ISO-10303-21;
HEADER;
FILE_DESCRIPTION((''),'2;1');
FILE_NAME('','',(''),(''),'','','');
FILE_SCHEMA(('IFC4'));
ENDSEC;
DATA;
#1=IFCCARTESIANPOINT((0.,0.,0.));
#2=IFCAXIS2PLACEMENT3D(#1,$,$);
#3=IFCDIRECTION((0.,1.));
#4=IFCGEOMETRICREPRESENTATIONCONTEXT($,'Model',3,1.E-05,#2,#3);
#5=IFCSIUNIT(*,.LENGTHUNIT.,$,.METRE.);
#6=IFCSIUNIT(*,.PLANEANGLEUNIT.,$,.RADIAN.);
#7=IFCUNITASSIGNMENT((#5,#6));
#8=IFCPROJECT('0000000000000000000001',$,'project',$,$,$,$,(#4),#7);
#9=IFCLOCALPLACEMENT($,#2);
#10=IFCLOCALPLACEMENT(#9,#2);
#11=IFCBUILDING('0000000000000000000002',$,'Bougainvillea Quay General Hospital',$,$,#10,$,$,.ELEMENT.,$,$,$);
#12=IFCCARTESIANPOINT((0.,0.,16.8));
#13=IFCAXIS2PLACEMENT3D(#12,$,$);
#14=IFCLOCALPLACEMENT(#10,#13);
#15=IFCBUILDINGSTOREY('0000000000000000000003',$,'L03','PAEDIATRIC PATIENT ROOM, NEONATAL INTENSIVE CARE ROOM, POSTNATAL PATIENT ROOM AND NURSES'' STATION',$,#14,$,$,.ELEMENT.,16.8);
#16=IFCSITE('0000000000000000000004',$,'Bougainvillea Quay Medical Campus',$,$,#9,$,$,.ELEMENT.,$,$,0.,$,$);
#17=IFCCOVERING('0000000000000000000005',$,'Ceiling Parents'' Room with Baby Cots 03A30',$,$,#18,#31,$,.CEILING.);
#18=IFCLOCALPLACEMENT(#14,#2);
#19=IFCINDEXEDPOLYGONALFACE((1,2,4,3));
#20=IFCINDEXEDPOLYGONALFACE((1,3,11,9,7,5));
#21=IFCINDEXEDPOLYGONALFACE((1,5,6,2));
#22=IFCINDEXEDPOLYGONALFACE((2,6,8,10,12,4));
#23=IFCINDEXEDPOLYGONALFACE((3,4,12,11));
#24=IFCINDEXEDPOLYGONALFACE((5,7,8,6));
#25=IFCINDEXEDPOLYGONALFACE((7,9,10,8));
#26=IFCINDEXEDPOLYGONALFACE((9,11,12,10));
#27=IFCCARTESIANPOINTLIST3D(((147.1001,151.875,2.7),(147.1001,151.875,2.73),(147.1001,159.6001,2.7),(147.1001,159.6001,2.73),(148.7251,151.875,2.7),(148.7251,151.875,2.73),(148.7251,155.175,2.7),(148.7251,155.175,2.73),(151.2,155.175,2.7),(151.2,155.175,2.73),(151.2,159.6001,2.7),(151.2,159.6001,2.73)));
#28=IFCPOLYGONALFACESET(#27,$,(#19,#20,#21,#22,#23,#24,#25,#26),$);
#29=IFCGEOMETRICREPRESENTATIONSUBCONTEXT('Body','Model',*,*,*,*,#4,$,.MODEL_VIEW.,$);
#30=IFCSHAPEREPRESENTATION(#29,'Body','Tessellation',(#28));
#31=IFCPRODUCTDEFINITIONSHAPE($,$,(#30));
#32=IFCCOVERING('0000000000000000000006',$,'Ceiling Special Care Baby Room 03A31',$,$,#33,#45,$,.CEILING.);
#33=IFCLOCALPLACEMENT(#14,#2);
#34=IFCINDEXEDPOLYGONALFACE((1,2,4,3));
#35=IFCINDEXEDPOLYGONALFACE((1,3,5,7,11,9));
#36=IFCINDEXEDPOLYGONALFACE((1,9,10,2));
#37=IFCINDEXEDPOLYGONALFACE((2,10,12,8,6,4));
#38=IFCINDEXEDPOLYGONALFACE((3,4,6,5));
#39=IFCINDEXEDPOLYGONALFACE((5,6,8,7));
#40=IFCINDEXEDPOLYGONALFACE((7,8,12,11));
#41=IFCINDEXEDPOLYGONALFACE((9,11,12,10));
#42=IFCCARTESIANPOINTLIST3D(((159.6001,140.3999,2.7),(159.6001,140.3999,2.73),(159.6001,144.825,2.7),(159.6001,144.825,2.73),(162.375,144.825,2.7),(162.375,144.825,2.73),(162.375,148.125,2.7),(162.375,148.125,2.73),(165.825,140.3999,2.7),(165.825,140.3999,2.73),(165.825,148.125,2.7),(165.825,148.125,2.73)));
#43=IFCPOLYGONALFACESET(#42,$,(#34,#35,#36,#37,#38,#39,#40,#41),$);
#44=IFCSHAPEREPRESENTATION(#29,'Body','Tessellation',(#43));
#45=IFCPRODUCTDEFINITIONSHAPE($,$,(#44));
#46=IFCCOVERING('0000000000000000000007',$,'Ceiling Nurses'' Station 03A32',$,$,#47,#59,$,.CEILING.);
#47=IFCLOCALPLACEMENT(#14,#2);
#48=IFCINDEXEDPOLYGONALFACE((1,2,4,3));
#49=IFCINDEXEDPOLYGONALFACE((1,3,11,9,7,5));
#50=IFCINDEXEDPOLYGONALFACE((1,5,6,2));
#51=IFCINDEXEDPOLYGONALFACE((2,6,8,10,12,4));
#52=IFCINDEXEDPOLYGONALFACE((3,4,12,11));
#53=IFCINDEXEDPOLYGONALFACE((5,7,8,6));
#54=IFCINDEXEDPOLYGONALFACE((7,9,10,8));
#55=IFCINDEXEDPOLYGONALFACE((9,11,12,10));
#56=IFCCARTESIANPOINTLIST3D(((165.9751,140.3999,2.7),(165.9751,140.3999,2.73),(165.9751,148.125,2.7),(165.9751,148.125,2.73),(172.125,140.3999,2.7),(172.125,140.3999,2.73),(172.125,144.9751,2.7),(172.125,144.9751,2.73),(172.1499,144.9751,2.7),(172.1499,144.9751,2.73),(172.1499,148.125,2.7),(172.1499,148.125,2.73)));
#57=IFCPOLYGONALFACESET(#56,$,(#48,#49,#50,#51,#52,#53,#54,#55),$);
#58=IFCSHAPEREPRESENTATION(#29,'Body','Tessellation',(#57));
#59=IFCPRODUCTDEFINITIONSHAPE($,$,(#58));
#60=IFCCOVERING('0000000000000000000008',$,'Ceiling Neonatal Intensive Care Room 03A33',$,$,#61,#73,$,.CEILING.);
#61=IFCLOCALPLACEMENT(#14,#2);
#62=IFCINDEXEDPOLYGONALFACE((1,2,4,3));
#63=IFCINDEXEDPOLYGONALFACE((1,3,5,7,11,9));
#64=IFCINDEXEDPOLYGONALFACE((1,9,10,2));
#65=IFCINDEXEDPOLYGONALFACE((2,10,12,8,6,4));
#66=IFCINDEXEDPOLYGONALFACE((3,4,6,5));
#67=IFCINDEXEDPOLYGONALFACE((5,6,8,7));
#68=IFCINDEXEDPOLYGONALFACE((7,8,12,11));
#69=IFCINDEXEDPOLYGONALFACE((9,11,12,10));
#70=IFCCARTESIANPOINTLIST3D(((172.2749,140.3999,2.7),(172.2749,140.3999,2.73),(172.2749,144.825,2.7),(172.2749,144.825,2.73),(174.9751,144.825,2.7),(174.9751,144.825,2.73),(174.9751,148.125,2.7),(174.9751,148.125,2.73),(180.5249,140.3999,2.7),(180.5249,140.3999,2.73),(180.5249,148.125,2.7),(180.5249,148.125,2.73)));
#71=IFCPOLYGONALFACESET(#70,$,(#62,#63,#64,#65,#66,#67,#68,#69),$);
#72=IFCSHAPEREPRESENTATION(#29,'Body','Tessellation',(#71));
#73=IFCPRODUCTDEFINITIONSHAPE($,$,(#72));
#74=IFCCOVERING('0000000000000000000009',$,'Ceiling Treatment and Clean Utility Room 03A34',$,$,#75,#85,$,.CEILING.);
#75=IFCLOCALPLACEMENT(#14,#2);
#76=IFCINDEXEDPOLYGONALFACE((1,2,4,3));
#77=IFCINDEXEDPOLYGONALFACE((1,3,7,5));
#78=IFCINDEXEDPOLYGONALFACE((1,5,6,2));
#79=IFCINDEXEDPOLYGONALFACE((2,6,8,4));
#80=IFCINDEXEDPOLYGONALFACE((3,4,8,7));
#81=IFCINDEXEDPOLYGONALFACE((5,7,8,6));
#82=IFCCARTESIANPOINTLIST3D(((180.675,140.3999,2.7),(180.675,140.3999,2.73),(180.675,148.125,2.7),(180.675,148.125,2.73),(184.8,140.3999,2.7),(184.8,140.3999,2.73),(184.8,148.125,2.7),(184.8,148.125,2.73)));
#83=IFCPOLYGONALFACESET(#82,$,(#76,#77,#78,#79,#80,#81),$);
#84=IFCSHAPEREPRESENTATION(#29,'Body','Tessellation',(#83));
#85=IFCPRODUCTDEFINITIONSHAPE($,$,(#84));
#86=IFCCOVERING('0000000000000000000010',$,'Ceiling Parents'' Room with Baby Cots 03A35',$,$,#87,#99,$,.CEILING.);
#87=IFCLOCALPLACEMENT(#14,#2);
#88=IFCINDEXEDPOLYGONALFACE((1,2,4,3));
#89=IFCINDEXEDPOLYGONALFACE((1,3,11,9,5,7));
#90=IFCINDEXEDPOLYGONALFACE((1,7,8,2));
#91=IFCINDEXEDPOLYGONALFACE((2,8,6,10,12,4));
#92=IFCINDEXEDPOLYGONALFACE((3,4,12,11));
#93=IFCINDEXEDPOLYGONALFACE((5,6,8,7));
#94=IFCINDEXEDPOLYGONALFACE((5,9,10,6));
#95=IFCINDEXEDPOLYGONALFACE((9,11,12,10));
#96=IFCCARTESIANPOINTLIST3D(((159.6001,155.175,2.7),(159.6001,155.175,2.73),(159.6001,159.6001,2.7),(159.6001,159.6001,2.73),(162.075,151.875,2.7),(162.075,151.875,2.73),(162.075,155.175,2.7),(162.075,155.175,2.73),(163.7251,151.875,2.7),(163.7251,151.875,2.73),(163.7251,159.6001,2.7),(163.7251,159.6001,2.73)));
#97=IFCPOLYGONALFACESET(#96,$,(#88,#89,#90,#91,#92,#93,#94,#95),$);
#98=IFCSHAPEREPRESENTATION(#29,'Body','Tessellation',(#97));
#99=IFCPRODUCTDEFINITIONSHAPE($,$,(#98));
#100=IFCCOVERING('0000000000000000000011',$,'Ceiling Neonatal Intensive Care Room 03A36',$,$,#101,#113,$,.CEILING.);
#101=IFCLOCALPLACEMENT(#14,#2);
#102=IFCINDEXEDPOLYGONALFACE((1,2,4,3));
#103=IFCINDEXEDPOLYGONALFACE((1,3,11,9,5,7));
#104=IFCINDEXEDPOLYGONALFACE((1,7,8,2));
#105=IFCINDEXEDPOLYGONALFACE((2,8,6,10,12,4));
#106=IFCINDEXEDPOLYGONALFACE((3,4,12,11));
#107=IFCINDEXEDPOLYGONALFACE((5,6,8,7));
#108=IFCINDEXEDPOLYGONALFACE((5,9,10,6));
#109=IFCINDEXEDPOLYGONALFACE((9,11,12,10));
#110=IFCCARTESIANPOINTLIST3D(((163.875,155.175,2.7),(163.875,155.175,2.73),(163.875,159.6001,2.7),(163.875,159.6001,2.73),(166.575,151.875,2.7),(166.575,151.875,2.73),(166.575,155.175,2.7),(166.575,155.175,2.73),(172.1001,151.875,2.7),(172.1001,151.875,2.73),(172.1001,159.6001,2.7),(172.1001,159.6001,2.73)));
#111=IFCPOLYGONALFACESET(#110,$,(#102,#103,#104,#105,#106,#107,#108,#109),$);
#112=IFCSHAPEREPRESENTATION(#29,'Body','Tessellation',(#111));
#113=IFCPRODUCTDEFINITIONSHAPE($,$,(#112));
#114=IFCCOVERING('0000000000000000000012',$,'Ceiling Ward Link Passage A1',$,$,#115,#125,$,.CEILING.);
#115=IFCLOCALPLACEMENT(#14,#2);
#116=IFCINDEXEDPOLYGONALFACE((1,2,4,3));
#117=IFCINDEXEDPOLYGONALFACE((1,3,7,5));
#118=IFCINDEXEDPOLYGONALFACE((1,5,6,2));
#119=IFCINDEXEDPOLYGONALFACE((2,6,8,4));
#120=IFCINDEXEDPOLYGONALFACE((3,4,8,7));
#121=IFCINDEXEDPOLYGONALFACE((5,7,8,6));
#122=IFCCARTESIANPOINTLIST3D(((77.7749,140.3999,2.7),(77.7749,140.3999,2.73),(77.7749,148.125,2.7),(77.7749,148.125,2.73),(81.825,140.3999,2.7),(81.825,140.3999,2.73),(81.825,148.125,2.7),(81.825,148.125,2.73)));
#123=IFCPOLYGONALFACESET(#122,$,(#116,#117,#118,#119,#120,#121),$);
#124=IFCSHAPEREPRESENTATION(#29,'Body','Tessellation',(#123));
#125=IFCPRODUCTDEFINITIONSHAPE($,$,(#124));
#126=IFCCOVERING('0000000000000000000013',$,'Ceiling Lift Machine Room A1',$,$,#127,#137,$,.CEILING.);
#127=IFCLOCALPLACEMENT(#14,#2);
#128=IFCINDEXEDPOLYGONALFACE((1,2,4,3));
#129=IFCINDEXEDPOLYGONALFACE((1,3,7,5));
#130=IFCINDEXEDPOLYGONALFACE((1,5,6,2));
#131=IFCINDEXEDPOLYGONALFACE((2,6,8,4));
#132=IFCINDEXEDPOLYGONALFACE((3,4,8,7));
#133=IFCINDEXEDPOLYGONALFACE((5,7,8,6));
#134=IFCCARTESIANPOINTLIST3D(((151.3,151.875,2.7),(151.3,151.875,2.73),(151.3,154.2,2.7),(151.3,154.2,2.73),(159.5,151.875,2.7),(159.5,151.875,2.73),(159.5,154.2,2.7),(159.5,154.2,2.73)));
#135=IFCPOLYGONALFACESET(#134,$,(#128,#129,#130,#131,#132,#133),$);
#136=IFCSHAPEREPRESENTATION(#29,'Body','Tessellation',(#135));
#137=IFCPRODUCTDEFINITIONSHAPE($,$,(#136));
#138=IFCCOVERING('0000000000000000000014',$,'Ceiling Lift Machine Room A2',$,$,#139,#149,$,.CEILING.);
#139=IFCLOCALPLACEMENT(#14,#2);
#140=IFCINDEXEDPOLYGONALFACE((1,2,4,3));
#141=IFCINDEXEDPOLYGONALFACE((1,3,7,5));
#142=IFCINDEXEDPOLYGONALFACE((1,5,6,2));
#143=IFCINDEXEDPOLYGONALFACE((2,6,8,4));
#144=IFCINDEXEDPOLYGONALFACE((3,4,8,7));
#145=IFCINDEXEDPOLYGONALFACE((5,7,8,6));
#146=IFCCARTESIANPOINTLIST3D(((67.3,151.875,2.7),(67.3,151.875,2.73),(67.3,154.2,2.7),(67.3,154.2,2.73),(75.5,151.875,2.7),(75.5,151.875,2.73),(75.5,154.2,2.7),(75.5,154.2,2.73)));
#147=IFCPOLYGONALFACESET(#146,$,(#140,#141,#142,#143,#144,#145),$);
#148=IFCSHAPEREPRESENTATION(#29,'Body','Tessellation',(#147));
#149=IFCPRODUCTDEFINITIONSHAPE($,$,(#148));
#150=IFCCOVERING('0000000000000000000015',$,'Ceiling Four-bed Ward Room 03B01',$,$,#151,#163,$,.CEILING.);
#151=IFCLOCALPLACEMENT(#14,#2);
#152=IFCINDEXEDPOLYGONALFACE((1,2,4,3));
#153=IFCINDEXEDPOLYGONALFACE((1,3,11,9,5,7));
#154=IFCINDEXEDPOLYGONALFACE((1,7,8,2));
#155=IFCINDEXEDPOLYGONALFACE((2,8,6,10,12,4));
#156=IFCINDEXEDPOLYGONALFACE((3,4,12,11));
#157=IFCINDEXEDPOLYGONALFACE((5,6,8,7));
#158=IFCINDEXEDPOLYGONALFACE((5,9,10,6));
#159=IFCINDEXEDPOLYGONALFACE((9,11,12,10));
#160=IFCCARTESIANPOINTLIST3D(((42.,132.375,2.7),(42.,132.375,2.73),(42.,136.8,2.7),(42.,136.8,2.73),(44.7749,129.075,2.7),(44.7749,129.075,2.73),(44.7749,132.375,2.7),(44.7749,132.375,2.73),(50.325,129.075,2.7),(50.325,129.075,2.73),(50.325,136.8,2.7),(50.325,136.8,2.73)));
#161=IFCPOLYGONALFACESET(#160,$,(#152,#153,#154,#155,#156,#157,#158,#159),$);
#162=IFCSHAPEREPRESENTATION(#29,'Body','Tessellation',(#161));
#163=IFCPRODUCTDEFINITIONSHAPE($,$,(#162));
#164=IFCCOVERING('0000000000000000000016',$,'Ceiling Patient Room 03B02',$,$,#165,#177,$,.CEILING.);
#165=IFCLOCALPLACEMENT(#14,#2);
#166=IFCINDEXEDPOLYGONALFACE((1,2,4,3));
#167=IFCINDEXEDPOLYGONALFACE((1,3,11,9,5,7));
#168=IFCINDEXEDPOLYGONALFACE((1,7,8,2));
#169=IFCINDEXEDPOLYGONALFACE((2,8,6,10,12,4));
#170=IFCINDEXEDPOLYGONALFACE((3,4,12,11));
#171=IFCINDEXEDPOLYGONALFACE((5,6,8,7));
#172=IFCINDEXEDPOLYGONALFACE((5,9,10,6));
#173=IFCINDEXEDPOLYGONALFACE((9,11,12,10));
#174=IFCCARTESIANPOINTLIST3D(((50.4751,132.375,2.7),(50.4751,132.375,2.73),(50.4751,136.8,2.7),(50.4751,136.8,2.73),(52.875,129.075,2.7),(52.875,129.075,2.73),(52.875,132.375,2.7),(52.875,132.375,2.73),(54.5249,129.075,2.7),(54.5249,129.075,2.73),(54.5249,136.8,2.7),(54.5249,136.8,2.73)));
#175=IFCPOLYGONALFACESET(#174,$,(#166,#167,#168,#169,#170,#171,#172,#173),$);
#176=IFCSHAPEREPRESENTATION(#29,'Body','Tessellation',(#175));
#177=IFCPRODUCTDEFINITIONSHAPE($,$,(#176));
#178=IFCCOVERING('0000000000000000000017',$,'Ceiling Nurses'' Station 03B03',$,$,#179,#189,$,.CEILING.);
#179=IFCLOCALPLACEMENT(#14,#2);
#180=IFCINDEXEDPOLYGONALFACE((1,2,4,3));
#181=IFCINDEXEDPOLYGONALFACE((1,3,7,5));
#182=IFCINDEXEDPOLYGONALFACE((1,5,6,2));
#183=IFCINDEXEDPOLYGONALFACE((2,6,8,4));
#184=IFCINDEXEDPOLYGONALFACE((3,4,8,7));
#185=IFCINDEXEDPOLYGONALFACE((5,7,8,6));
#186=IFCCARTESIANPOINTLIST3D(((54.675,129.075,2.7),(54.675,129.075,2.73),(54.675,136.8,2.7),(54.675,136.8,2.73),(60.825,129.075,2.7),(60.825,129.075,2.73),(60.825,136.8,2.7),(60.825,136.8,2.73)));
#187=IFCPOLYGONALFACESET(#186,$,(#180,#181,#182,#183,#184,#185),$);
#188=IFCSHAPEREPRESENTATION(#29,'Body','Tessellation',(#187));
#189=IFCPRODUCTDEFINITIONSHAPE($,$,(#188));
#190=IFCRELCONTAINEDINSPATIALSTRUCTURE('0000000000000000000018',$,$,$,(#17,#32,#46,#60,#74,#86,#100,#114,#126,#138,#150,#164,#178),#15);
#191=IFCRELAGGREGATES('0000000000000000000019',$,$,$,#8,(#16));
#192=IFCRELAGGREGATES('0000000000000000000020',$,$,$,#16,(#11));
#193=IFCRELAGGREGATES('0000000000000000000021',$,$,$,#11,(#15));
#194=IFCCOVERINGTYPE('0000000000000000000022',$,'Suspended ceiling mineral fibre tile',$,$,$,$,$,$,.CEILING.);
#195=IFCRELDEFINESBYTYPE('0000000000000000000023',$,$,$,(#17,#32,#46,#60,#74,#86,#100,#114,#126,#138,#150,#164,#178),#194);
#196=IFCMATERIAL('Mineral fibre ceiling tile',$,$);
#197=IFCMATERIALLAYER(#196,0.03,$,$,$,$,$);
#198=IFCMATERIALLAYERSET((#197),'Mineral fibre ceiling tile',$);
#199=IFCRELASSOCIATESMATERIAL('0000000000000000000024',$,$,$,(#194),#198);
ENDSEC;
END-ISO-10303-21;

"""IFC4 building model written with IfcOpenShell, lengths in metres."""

from ifc_helpers import new_model, si_unit, direction, frame, origin, place, context, subcontext, project, spatial, polyline, outline, extrude, material, layer, layer_set, type_object, element, save


model = new_model("IFC4")

# Units and contexts
model_context = context("Model", 3, precision=1e-05, world=origin(), true_north=direction((0.0, 1.0)))
body_context = subcontext(model_context, "Body", "Model", "MODEL_VIEW")
ifc_project = project(units=[si_unit("LENGTHUNIT", "METRE"), si_unit("PLANEANGLEUNIT", "RADIAN")], contexts=[model_context])

# Site, building, storey
site_placement = place(None, origin())
site = spatial("IfcSite", under=ifc_project, at=site_placement, Name="Bougainvillea Quay Medical Campus", CompositionType="ELEMENT", RefElevation=0.0)
building_placement = place(site_placement, origin())
building = spatial("IfcBuilding", under=site, at=building_placement, Name="Bougainvillea Quay General Hospital", CompositionType="ELEMENT")
storey_placement = place(building_placement, frame((0.0, 0.0, 16.8)))
storey = spatial("IfcBuildingStorey", under=building, at=storey_placement, Name="L03", Description="PAEDIATRIC PATIENT ROOM, NEONATAL INTENSIVE CARE ROOM, POSTNATAL PATIENT ROOM AND NURSES' STATION", CompositionType="ELEMENT", Elevation=16.8)

# Coverings
ifc_material = material(Name="Mineral fibre ceiling tile")
ifc_layer = layer(ifc_material, 0.03)
ifc_layer_set = layer_set([ifc_layer], Name="Mineral fibre ceiling tile")
covering_type = type_object("IfcCoveringType", Name="Suspended ceiling mineral fibre tile", PredefinedType="CEILING", material=ifc_layer_set)
covering_1_placement = place(storey_placement, frame((0.0, 0.0, 2.7)))
element("IfcCovering", 1, at=covering_1_placement, inside=storey, type_object=covering_type, Name="Ceiling Parents' Room with Baby Cots 03A30", PredefinedType="CEILING", context=body_context, shape_type="SweptSolid", body=[
    extrude(outline(polyline([(147.1001, 159.6001), (147.1001, 151.875), (148.7251, 151.875), (148.7251, 155.175), (151.2, 155.175), (151.2, 159.6001), (147.1001, 159.6001)])), origin(), (0.0, 0.0, 1.0), 0.03),
])
covering_2_placement = place(storey_placement, frame((0.0, 0.0, 2.7)))
element("IfcCovering", 2, at=covering_2_placement, inside=storey, type_object=covering_type, Name="Ceiling Special Care Baby Room 03A31", PredefinedType="CEILING", context=body_context, shape_type="SweptSolid", body=[
    extrude(outline(polyline([(165.825, 140.3999), (165.825, 148.125), (162.375, 148.125), (162.375, 144.825), (159.6001, 144.825), (159.6001, 140.3999), (165.825, 140.3999)])), origin(), (0.0, 0.0, 1.0), 0.03),
])
covering_3_placement = place(storey_placement, frame((0.0, 0.0, 2.7)))
element("IfcCovering", 3, at=covering_3_placement, inside=storey, type_object=covering_type, Name="Ceiling Nurses' Station 03A32", PredefinedType="CEILING", context=body_context, shape_type="SweptSolid", body=[
    extrude(outline(polyline([(172.125, 140.3999), (172.125, 144.9751), (172.1499, 144.9751), (172.1499, 148.125), (165.9751, 148.125), (165.9751, 140.3999), (172.125, 140.3999)])), origin(), (0.0, 0.0, 1.0), 0.03),
])
covering_4_placement = place(storey_placement, frame((0.0, 0.0, 2.7)))
element("IfcCovering", 4, at=covering_4_placement, inside=storey, type_object=covering_type, Name="Ceiling Neonatal Intensive Care Room 03A33", PredefinedType="CEILING", context=body_context, shape_type="SweptSolid", body=[
    extrude(outline(polyline([(180.5249, 140.3999), (180.5249, 148.125), (174.9751, 148.125), (174.9751, 144.825), (172.2749, 144.825), (172.2749, 140.3999), (180.5249, 140.3999)])), origin(), (0.0, 0.0, 1.0), 0.03),
])
covering_5_placement = place(storey_placement, frame((0.0, 0.0, 2.7)))
element("IfcCovering", 5, at=covering_5_placement, inside=storey, type_object=covering_type, Name="Ceiling Treatment and Clean Utility Room 03A34", PredefinedType="CEILING", context=body_context, shape_type="SweptSolid", body=[
    extrude(outline(polyline([(184.8, 148.125), (180.675, 148.125), (180.675, 140.3999), (184.8, 140.3999), (184.8, 148.125)])), origin(), (0.0, 0.0, 1.0), 0.03),
])
covering_6_placement = place(storey_placement, frame((0.0, 0.0, 2.7)))
element("IfcCovering", 6, at=covering_6_placement, inside=storey, type_object=covering_type, Name="Ceiling Parents' Room with Baby Cots 03A35", PredefinedType="CEILING", context=body_context, shape_type="SweptSolid", body=[
    extrude(outline(polyline([(159.6001, 159.6001), (159.6001, 155.175), (162.075, 155.175), (162.075, 151.875), (163.7251, 151.875), (163.7251, 159.6001), (159.6001, 159.6001)])), origin(), (0.0, 0.0, 1.0), 0.03),
])
covering_7_placement = place(storey_placement, frame((0.0, 0.0, 2.7)))
element("IfcCovering", 7, at=covering_7_placement, inside=storey, type_object=covering_type, Name="Ceiling Neonatal Intensive Care Room 03A36", PredefinedType="CEILING", context=body_context, shape_type="SweptSolid", body=[
    extrude(outline(polyline([(163.875, 159.6001), (163.875, 155.175), (166.575, 155.175), (166.575, 151.875), (172.1001, 151.875), (172.1001, 159.6001), (163.875, 159.6001)])), origin(), (0.0, 0.0, 1.0), 0.03),
])
covering_8_placement = place(storey_placement, frame((0.0, 0.0, 2.7)))
element("IfcCovering", 8, at=covering_8_placement, inside=storey, type_object=covering_type, Name="Ceiling Ward Link Passage A1", PredefinedType="CEILING", context=body_context, shape_type="SweptSolid", body=[
    extrude(outline(polyline([(81.825, 140.3999), (81.825, 148.125), (77.7749, 148.125), (77.7749, 140.3999), (81.825, 140.3999)])), origin(), (0.0, 0.0, 1.0), 0.03),
])
covering_9_placement = place(storey_placement, frame((0.0, 0.0, 2.7)))
element("IfcCovering", 9, at=covering_9_placement, inside=storey, type_object=covering_type, Name="Ceiling Lift Machine Room A1", PredefinedType="CEILING", context=body_context, shape_type="SweptSolid", body=[
    extrude(outline(polyline([(151.3, 154.2), (151.3, 151.875), (159.5, 151.875), (159.5, 154.2), (151.3, 154.2)])), origin(), (0.0, 0.0, 1.0), 0.03),
])
covering_10_placement = place(storey_placement, frame((0.0, 0.0, 2.7)))
element("IfcCovering", 10, at=covering_10_placement, inside=storey, type_object=covering_type, Name="Ceiling Lift Machine Room A2", PredefinedType="CEILING", context=body_context, shape_type="SweptSolid", body=[
    extrude(outline(polyline([(67.3, 154.2), (67.3, 151.875), (75.5, 151.875), (75.5, 154.2), (67.3, 154.2)])), origin(), (0.0, 0.0, 1.0), 0.03),
])
covering_11_placement = place(storey_placement, frame((0.0, 0.0, 2.7)))
element("IfcCovering", 11, at=covering_11_placement, inside=storey, type_object=covering_type, Name="Ceiling Four-bed Ward Room 03B01", PredefinedType="CEILING", context=body_context, shape_type="SweptSolid", body=[
    extrude(outline(polyline([(42.0, 136.8), (42.0, 132.375), (44.7749, 132.375), (44.7749, 129.075), (50.325, 129.075), (50.325, 136.8), (42.0, 136.8)])), origin(), (0.0, 0.0, 1.0), 0.03),
])
covering_12_placement = place(storey_placement, frame((0.0, 0.0, 2.7)))
element("IfcCovering", 12, at=covering_12_placement, inside=storey, type_object=covering_type, Name="Ceiling Patient Room 03B02", PredefinedType="CEILING", context=body_context, shape_type="SweptSolid", body=[
    extrude(outline(polyline([(50.4751, 136.8), (50.4751, 132.375), (52.875, 132.375), (52.875, 129.075), (54.5249, 129.075), (54.5249, 136.8), (50.4751, 136.8)])), origin(), (0.0, 0.0, 1.0), 0.03),
])
covering_13_placement = place(storey_placement, frame((0.0, 0.0, 2.7)))
element("IfcCovering", 13, at=covering_13_placement, inside=storey, type_object=covering_type, Name="Ceiling Nurses' Station 03B03", PredefinedType="CEILING", context=body_context, shape_type="SweptSolid", body=[
    extrude(outline(polyline([(54.675, 136.8), (54.675, 129.075), (60.825, 129.075), (60.825, 136.8), (54.675, 136.8)])), origin(), (0.0, 0.0, 1.0), 0.03),
])

save(model, "model.ifc")
